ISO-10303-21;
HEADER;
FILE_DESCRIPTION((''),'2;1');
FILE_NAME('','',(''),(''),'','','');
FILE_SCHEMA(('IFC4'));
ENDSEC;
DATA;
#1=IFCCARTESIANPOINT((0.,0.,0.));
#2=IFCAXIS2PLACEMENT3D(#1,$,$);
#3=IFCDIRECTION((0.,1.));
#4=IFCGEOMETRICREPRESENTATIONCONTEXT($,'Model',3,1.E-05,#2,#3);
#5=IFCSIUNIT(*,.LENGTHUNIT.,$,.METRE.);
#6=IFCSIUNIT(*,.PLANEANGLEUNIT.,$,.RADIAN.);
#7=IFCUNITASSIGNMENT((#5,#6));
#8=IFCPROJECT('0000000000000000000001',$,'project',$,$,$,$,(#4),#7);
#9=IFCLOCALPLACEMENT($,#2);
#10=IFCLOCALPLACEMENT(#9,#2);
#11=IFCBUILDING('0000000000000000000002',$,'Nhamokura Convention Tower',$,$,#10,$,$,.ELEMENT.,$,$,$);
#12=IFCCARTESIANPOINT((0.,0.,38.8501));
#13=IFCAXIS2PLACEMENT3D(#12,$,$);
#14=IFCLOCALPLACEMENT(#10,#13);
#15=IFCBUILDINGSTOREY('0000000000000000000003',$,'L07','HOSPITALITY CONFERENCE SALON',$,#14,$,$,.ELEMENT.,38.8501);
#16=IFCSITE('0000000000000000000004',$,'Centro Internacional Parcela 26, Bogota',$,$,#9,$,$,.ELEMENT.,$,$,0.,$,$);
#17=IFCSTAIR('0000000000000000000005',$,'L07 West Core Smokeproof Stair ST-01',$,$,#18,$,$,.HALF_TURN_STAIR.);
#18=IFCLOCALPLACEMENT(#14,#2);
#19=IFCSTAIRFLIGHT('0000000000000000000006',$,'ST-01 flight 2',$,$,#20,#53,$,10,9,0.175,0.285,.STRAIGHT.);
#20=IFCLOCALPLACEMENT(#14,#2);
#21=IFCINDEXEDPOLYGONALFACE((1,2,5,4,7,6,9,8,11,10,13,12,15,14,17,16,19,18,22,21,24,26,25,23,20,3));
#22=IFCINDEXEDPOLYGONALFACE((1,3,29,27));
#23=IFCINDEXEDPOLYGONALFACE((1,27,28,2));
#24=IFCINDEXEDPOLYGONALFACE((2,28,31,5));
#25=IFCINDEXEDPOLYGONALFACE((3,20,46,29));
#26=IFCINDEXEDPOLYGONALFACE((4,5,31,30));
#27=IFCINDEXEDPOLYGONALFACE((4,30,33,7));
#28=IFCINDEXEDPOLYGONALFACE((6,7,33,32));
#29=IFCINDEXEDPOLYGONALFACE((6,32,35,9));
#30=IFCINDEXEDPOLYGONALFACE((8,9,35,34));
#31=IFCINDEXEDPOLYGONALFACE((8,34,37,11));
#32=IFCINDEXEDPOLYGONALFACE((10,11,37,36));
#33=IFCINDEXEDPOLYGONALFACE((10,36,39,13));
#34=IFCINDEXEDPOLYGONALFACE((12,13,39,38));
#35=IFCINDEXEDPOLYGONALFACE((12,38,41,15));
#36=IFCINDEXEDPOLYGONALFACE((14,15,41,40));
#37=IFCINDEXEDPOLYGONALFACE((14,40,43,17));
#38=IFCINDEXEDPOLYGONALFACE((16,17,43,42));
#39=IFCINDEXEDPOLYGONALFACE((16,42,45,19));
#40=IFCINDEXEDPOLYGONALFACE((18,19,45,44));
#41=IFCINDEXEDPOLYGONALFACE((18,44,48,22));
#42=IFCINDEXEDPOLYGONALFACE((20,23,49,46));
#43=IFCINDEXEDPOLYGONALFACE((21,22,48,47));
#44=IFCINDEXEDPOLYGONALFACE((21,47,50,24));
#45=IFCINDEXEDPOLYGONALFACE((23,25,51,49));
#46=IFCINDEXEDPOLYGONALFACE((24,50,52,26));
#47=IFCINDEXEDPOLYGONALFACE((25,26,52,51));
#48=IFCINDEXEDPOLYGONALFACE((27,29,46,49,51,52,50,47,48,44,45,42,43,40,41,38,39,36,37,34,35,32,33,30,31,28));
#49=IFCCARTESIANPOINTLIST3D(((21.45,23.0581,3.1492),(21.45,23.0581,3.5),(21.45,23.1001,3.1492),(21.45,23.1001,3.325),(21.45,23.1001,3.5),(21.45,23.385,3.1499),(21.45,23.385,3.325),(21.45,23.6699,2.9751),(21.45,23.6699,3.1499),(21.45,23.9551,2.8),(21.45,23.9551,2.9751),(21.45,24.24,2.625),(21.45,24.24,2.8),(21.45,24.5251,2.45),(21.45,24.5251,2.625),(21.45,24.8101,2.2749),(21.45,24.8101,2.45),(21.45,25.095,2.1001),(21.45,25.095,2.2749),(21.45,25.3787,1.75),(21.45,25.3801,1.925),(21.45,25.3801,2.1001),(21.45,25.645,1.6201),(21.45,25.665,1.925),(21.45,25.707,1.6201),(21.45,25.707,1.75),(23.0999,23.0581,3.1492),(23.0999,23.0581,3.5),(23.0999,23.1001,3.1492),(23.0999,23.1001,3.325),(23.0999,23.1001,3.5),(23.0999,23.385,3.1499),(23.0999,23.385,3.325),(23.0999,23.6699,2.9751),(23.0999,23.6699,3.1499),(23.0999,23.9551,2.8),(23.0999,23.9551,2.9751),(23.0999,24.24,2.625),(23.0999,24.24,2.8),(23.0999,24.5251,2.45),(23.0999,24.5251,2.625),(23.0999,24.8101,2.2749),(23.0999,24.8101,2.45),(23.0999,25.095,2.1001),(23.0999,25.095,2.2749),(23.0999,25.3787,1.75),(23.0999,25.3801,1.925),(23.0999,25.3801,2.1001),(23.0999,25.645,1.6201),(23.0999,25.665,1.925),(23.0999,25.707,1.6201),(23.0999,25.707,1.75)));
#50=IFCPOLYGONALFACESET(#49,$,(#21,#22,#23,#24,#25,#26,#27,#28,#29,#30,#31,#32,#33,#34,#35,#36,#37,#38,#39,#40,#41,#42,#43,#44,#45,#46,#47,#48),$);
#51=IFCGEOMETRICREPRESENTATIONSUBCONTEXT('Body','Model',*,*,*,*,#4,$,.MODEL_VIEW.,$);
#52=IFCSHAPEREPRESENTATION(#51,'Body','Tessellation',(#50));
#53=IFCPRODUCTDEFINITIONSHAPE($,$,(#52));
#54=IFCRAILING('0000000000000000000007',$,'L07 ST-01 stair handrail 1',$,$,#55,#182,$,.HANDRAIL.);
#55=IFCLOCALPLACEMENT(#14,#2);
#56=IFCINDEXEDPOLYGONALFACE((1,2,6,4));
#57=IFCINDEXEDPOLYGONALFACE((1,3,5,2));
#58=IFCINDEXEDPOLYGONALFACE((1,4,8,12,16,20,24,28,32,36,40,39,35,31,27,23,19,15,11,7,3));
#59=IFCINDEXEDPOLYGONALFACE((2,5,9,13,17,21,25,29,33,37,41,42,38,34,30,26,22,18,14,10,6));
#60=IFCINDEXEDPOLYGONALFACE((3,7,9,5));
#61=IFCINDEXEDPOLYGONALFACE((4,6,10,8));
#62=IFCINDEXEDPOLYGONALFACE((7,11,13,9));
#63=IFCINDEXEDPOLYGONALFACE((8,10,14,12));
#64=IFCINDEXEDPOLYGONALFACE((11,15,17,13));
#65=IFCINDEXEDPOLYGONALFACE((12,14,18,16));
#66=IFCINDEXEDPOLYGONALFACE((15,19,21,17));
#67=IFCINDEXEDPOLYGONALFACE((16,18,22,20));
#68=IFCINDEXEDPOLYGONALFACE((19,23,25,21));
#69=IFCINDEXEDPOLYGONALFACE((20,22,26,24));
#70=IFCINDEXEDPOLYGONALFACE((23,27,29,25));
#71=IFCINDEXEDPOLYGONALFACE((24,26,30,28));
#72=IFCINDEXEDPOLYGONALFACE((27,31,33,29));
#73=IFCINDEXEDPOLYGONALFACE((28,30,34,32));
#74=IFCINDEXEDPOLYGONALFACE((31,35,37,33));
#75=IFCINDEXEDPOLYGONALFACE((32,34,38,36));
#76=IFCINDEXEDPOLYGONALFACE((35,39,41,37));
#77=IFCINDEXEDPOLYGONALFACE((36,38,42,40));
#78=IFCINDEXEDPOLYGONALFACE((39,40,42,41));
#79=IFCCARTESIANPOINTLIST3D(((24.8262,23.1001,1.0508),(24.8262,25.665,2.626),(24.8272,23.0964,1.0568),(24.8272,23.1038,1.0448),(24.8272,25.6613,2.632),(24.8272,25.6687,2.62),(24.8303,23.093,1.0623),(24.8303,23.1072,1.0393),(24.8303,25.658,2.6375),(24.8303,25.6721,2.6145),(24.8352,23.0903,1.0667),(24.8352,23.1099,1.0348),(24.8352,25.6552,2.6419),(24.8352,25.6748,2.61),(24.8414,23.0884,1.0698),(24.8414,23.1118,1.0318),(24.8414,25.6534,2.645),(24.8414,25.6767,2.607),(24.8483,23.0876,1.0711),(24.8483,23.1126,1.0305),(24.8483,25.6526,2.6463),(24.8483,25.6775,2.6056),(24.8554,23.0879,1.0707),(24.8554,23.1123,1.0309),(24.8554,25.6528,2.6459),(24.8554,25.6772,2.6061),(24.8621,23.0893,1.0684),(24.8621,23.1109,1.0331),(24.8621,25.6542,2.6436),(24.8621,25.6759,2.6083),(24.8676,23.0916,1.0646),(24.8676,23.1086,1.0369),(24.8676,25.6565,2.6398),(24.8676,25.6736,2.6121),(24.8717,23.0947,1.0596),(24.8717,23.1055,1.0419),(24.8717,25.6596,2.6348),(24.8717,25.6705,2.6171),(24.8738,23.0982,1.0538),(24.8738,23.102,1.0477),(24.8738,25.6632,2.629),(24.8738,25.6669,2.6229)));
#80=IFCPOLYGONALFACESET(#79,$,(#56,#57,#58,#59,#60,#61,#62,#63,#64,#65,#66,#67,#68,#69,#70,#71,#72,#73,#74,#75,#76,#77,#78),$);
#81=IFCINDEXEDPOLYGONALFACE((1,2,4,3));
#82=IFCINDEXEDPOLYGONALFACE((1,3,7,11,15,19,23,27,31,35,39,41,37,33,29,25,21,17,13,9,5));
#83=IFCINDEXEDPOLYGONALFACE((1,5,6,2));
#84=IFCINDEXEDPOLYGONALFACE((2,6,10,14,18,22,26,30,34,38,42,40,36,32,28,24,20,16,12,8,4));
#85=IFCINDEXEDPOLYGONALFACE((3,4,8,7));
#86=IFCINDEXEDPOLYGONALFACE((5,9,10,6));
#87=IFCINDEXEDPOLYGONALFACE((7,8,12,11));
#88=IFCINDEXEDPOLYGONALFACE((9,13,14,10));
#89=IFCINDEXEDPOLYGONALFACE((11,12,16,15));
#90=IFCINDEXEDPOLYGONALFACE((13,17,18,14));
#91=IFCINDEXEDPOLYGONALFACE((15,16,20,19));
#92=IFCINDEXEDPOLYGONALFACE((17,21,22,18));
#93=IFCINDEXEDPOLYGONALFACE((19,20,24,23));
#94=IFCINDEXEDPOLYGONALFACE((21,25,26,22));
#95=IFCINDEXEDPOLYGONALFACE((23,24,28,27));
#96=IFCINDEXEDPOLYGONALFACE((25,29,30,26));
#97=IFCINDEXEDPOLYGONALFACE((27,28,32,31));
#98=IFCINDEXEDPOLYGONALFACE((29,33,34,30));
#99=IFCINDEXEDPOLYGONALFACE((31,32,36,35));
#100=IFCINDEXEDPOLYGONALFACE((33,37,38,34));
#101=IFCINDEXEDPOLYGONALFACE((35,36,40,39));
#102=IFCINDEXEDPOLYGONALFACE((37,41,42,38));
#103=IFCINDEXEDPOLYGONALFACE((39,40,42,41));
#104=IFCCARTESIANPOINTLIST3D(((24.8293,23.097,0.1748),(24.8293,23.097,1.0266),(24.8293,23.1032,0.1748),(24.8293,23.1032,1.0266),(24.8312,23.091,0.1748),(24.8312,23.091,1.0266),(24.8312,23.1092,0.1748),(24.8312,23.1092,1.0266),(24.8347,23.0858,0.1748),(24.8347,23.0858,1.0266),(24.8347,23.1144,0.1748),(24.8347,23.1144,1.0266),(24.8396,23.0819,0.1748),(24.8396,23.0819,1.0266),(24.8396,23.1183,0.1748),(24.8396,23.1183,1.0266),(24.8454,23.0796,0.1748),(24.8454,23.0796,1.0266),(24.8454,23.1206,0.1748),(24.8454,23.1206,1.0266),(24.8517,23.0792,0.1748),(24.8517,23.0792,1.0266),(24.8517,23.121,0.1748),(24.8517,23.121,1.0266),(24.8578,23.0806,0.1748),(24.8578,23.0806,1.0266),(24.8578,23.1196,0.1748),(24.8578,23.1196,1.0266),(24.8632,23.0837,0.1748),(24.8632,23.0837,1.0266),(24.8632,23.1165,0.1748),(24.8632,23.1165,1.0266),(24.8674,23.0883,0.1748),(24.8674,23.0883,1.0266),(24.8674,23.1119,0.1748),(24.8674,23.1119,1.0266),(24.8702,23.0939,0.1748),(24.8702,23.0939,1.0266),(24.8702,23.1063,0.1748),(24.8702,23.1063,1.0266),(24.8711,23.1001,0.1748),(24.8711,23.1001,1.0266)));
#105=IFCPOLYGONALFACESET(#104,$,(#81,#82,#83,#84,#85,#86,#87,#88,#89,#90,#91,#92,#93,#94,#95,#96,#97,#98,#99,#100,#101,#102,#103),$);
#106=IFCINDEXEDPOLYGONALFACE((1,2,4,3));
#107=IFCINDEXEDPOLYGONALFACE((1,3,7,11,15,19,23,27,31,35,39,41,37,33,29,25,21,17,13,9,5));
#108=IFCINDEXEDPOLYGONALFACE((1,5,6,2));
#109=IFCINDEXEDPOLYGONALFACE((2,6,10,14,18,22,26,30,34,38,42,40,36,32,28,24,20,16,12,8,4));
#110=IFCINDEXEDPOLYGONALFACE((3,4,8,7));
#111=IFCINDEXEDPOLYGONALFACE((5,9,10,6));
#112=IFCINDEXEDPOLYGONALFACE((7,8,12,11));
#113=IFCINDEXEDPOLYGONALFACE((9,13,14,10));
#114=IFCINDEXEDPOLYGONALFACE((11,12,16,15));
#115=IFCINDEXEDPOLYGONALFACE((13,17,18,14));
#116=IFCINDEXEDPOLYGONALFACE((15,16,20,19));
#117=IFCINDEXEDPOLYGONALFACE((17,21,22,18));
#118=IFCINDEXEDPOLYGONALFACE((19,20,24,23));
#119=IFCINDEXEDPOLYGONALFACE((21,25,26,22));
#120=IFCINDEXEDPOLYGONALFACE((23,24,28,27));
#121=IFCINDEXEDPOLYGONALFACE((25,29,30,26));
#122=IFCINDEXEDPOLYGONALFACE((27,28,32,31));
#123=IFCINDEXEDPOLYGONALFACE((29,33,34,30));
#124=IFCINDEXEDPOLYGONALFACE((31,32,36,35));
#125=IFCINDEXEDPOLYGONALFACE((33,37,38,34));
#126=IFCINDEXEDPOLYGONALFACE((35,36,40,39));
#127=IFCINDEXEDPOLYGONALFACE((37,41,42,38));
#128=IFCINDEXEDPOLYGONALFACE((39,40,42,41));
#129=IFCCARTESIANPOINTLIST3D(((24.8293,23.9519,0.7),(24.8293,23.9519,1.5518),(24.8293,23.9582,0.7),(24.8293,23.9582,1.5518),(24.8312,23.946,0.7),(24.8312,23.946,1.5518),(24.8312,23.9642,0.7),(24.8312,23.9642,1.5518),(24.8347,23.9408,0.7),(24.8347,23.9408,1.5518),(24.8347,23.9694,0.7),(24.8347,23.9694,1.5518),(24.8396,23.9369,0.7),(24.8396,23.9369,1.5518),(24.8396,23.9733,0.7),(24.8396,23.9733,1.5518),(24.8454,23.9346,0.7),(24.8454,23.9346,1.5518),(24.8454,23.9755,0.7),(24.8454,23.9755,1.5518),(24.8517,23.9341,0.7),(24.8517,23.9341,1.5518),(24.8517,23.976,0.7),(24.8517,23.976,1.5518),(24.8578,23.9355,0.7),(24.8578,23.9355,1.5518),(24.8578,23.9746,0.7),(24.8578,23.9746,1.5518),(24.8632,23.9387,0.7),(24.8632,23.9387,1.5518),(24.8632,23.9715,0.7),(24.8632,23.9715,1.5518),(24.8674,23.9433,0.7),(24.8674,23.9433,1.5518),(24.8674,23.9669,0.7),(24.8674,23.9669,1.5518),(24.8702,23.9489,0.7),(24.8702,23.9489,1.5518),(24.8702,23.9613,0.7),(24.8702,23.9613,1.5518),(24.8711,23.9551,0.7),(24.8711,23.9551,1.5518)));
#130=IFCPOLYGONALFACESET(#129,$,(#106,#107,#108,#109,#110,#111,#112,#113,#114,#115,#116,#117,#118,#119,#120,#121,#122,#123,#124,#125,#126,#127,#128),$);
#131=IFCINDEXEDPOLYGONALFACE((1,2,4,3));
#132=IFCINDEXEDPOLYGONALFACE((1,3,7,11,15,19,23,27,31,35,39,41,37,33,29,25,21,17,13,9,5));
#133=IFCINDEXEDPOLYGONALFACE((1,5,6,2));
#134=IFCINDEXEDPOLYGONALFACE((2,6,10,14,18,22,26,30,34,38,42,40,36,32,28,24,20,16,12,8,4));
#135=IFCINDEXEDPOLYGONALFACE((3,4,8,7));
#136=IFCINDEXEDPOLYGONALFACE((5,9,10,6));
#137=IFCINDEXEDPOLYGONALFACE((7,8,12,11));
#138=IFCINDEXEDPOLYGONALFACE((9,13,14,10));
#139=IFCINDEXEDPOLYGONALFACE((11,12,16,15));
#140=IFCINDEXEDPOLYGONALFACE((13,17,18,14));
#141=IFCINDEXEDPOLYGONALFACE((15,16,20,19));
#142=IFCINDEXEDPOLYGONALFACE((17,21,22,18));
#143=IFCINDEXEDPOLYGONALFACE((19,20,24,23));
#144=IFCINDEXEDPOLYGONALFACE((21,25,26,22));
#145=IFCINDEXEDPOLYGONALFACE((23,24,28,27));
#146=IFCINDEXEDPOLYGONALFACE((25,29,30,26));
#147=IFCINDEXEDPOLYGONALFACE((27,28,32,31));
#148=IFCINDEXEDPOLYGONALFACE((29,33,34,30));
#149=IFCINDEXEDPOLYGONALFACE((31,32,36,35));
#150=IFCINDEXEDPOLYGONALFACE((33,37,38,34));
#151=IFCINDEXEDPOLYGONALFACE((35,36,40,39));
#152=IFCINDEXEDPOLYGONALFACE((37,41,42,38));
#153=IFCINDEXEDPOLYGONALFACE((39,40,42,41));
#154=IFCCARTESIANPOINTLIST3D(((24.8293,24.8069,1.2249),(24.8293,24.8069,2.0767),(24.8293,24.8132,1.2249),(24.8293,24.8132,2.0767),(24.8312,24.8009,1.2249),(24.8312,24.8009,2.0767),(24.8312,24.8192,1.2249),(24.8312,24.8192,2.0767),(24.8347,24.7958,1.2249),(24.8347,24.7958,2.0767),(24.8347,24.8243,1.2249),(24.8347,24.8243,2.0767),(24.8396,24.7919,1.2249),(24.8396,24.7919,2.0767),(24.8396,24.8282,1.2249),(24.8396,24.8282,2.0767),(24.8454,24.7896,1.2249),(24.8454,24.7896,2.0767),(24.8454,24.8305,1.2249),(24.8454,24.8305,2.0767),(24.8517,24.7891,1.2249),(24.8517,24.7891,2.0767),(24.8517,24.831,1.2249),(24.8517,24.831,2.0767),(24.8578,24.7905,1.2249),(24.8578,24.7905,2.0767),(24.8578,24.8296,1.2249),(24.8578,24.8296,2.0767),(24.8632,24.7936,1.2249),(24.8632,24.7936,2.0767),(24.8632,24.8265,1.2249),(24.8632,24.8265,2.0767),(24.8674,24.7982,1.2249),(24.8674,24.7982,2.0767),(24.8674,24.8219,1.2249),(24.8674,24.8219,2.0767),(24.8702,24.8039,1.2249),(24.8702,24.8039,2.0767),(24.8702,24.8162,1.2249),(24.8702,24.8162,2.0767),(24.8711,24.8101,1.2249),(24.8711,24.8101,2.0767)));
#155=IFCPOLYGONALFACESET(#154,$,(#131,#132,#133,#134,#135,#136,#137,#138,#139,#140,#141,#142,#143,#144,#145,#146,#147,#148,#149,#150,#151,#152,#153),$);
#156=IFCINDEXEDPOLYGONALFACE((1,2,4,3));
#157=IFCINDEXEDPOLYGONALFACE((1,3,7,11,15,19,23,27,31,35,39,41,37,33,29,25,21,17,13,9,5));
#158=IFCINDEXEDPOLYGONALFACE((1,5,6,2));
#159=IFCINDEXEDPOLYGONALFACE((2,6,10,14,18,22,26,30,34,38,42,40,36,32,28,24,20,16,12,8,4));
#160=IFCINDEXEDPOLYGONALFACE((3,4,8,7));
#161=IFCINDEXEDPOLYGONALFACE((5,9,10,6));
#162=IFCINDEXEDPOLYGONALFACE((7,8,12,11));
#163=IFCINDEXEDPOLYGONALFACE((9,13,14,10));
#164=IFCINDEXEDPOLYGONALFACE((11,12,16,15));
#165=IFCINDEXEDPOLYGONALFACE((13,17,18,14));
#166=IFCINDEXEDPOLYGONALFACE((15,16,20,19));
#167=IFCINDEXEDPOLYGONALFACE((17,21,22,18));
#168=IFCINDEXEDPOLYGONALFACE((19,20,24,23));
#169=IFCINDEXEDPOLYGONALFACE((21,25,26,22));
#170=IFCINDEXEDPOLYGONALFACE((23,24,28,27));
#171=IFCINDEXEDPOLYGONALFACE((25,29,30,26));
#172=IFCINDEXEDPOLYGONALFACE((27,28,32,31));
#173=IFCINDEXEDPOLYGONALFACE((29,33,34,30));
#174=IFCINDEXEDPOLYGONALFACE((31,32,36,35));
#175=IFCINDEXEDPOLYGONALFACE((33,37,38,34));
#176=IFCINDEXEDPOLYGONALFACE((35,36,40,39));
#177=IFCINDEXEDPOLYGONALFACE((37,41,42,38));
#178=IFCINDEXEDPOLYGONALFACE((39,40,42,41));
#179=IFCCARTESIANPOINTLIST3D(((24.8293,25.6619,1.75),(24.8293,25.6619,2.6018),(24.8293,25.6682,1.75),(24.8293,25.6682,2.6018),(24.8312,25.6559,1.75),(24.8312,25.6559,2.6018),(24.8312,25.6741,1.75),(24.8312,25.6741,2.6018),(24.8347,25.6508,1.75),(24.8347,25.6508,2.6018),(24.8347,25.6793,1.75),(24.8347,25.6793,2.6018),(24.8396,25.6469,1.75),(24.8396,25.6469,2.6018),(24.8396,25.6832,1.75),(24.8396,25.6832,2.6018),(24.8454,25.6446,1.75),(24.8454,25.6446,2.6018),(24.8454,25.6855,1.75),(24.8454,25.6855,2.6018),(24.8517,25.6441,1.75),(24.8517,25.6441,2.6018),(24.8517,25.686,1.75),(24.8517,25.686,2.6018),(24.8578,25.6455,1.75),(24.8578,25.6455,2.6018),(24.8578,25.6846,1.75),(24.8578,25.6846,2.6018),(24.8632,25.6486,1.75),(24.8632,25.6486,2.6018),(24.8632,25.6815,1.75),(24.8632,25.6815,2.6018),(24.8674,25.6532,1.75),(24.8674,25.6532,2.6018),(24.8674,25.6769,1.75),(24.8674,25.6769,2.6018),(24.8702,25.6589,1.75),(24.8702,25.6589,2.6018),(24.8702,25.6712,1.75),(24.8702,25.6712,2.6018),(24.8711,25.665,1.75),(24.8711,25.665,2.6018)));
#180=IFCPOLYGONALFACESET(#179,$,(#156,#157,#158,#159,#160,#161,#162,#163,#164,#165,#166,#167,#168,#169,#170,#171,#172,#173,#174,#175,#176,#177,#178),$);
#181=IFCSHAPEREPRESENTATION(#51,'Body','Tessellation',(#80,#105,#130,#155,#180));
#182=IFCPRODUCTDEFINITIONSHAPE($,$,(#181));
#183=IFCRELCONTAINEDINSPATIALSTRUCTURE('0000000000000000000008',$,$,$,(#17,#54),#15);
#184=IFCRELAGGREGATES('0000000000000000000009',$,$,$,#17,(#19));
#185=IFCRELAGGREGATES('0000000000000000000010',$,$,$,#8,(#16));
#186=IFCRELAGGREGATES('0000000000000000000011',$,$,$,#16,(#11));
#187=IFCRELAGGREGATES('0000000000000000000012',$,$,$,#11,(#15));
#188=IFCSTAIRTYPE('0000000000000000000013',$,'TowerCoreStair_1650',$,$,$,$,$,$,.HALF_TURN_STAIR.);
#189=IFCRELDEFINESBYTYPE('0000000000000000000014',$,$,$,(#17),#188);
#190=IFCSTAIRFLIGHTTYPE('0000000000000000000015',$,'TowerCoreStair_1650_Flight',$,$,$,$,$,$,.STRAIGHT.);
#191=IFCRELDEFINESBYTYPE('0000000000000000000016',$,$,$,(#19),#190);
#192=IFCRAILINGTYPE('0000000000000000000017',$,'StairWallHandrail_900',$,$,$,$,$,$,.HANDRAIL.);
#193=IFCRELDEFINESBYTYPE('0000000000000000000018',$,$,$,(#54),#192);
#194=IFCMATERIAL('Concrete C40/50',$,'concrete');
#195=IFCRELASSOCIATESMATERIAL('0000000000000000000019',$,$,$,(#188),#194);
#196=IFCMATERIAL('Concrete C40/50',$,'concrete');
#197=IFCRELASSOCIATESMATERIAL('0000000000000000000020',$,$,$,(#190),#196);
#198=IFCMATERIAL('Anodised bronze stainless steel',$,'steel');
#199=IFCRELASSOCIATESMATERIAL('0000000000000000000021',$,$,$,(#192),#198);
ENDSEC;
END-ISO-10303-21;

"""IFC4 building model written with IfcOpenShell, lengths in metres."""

from ifc_helpers import new_model, si_unit, direction, frame, origin, origin_2d, place, context, subcontext, project, spatial, polyline, circle, outline, extrude, material, type_object, element, aggregate, save


model = new_model("IFC4")

# Units and contexts
model_context = context("Model", 3, precision=1e-05, world=origin(), true_north=direction((0.0, 1.0)))
body_context = subcontext(model_context, "Body", "Model", "MODEL_VIEW")
ifc_project = project(units=[si_unit("LENGTHUNIT", "METRE"), si_unit("PLANEANGLEUNIT", "RADIAN")], contexts=[model_context])

# Site, building, storey
site_placement = place(None, origin())
site = spatial("IfcSite", under=ifc_project, at=site_placement, Name="Centro Internacional Parcela 26, Bogota", CompositionType="ELEMENT", RefElevation=0.0)
building_placement = place(site_placement, origin())
building = spatial("IfcBuilding", under=site, at=building_placement, Name="Nhamokura Convention Tower", CompositionType="ELEMENT")
storey_placement = place(building_placement, frame((0.0, 0.0, 38.8501)))
storey = spatial("IfcBuildingStorey", under=building, at=storey_placement, Name="L07", Description="HOSPITALITY CONFERENCE SALON", CompositionType="ELEMENT", Elevation=38.8501)

# Stair, stair flight
ifc_material_1 = material(Name="Concrete C40/50", Category="concrete")
stair_type = type_object("IfcStairType", Name="TowerCoreStair_1650", PredefinedType="HALF_TURN_STAIR", material=ifc_material_1)
stair_placement = place(storey_placement, origin())
stair = element("IfcStair", 1, at=stair_placement, inside=storey, type_object=stair_type, Name="L07 West Core Smokeproof Stair ST-01", PredefinedType="HALF_TURN_STAIR")
ifc_material_2 = material(Name="Concrete C40/50", Category="concrete")
stair_flight_type = type_object("IfcStairFlightType", Name="TowerCoreStair_1650_Flight", PredefinedType="STRAIGHT", material=ifc_material_2)
stair_flight_1_placement = place(storey_placement, frame((22.2749, 25.665, 1.75), z_axis=(0.0, 0.0, 1.0), x_axis=(0.0, -1.0, 0.0)))
stair_flight_1 = element("IfcStairFlight", 2, at=stair_flight_1_placement, type_object=stair_flight_type, Name="ST-01 flight 2", NumberOfRisers=10, NumberOfTreads=9, PredefinedType="STRAIGHT", RiserHeight=0.175, TreadLength=0.285, context=body_context, shape_type="SweptSolid", body=[
    extrude(outline(polyline([(-0.042, 0.0), (0.0, 0.175), (0.2849, 0.175), (0.2849, 0.3501), (0.5701, 0.3501), (0.5701, 0.5249), (0.855, 0.5249), (0.855, 0.7), (1.1399, 0.7), (1.1399, 0.875), (1.425, 0.875), (1.425, 1.05), (1.71, 1.05), (1.71, 1.2251), (1.9951, 1.2251), (1.9951, 1.3999), (2.28, 1.3999), (2.28, 1.575), (2.5649, 1.575), (2.5649, 1.75), (2.6069, 1.75), (2.6069, 1.3992), (2.5649, 1.3992), (0.2864, 0.0), (0.02, -0.1299), (-0.042, -0.1299), (-0.042, 0.0)])), frame((0.0, 0.825, 0.0), z_axis=(0.0, -1.0, 0.0), x_axis=(1.0, 0.0, 0.0)), (0.0, 0.0, 1.0), 1.6499),
])
aggregate(stair, [stair_flight_1])

# Railing
ifc_material_3 = material(Name="Anodised bronze stainless steel", Category="steel")
railing_type_1 = type_object("IfcRailingType", Name="StairWallHandrail_900", PredefinedType="HANDRAIL", material=ifc_material_3)
railing_1_placement = place(storey_placement, frame((24.8501, 23.1001, 0.1748)))
element("IfcRailing", 3, at=railing_1_placement, inside=storey, type_object=railing_type_1, Name="L07 ST-01 stair handrail 1", PredefinedType="HANDRAIL", context=body_context, shape_type="SweptSolid", body=[
    extrude(circle(Radius=0.0239, at=origin_2d()), frame((0.0, 0.0, 0.876), z_axis=(0.0, 0.852137, 0.523319), x_axis=(-1.0, 0.0, 0.0)), (0.0, 0.0, 1.0), 3.01),
    extrude(circle(Radius=0.021, at=origin_2d()), origin(), (0.0, 0.0, 1.0), 0.8518),
    extrude(circle(Radius=0.021, at=origin_2d()), frame((0.0, 0.855, 0.5251)), (0.0, 0.0, 1.0), 0.8518),
    extrude(circle(Radius=0.021, at=origin_2d()), frame((0.0, 1.71, 1.05)), (0.0, 0.0, 1.0), 0.8518),
    extrude(circle(Radius=0.021, at=origin_2d()), frame((0.0, 2.5649, 1.5752)), (0.0, 0.0, 1.0), 0.8518),
])

save(model, "model.ifc")
